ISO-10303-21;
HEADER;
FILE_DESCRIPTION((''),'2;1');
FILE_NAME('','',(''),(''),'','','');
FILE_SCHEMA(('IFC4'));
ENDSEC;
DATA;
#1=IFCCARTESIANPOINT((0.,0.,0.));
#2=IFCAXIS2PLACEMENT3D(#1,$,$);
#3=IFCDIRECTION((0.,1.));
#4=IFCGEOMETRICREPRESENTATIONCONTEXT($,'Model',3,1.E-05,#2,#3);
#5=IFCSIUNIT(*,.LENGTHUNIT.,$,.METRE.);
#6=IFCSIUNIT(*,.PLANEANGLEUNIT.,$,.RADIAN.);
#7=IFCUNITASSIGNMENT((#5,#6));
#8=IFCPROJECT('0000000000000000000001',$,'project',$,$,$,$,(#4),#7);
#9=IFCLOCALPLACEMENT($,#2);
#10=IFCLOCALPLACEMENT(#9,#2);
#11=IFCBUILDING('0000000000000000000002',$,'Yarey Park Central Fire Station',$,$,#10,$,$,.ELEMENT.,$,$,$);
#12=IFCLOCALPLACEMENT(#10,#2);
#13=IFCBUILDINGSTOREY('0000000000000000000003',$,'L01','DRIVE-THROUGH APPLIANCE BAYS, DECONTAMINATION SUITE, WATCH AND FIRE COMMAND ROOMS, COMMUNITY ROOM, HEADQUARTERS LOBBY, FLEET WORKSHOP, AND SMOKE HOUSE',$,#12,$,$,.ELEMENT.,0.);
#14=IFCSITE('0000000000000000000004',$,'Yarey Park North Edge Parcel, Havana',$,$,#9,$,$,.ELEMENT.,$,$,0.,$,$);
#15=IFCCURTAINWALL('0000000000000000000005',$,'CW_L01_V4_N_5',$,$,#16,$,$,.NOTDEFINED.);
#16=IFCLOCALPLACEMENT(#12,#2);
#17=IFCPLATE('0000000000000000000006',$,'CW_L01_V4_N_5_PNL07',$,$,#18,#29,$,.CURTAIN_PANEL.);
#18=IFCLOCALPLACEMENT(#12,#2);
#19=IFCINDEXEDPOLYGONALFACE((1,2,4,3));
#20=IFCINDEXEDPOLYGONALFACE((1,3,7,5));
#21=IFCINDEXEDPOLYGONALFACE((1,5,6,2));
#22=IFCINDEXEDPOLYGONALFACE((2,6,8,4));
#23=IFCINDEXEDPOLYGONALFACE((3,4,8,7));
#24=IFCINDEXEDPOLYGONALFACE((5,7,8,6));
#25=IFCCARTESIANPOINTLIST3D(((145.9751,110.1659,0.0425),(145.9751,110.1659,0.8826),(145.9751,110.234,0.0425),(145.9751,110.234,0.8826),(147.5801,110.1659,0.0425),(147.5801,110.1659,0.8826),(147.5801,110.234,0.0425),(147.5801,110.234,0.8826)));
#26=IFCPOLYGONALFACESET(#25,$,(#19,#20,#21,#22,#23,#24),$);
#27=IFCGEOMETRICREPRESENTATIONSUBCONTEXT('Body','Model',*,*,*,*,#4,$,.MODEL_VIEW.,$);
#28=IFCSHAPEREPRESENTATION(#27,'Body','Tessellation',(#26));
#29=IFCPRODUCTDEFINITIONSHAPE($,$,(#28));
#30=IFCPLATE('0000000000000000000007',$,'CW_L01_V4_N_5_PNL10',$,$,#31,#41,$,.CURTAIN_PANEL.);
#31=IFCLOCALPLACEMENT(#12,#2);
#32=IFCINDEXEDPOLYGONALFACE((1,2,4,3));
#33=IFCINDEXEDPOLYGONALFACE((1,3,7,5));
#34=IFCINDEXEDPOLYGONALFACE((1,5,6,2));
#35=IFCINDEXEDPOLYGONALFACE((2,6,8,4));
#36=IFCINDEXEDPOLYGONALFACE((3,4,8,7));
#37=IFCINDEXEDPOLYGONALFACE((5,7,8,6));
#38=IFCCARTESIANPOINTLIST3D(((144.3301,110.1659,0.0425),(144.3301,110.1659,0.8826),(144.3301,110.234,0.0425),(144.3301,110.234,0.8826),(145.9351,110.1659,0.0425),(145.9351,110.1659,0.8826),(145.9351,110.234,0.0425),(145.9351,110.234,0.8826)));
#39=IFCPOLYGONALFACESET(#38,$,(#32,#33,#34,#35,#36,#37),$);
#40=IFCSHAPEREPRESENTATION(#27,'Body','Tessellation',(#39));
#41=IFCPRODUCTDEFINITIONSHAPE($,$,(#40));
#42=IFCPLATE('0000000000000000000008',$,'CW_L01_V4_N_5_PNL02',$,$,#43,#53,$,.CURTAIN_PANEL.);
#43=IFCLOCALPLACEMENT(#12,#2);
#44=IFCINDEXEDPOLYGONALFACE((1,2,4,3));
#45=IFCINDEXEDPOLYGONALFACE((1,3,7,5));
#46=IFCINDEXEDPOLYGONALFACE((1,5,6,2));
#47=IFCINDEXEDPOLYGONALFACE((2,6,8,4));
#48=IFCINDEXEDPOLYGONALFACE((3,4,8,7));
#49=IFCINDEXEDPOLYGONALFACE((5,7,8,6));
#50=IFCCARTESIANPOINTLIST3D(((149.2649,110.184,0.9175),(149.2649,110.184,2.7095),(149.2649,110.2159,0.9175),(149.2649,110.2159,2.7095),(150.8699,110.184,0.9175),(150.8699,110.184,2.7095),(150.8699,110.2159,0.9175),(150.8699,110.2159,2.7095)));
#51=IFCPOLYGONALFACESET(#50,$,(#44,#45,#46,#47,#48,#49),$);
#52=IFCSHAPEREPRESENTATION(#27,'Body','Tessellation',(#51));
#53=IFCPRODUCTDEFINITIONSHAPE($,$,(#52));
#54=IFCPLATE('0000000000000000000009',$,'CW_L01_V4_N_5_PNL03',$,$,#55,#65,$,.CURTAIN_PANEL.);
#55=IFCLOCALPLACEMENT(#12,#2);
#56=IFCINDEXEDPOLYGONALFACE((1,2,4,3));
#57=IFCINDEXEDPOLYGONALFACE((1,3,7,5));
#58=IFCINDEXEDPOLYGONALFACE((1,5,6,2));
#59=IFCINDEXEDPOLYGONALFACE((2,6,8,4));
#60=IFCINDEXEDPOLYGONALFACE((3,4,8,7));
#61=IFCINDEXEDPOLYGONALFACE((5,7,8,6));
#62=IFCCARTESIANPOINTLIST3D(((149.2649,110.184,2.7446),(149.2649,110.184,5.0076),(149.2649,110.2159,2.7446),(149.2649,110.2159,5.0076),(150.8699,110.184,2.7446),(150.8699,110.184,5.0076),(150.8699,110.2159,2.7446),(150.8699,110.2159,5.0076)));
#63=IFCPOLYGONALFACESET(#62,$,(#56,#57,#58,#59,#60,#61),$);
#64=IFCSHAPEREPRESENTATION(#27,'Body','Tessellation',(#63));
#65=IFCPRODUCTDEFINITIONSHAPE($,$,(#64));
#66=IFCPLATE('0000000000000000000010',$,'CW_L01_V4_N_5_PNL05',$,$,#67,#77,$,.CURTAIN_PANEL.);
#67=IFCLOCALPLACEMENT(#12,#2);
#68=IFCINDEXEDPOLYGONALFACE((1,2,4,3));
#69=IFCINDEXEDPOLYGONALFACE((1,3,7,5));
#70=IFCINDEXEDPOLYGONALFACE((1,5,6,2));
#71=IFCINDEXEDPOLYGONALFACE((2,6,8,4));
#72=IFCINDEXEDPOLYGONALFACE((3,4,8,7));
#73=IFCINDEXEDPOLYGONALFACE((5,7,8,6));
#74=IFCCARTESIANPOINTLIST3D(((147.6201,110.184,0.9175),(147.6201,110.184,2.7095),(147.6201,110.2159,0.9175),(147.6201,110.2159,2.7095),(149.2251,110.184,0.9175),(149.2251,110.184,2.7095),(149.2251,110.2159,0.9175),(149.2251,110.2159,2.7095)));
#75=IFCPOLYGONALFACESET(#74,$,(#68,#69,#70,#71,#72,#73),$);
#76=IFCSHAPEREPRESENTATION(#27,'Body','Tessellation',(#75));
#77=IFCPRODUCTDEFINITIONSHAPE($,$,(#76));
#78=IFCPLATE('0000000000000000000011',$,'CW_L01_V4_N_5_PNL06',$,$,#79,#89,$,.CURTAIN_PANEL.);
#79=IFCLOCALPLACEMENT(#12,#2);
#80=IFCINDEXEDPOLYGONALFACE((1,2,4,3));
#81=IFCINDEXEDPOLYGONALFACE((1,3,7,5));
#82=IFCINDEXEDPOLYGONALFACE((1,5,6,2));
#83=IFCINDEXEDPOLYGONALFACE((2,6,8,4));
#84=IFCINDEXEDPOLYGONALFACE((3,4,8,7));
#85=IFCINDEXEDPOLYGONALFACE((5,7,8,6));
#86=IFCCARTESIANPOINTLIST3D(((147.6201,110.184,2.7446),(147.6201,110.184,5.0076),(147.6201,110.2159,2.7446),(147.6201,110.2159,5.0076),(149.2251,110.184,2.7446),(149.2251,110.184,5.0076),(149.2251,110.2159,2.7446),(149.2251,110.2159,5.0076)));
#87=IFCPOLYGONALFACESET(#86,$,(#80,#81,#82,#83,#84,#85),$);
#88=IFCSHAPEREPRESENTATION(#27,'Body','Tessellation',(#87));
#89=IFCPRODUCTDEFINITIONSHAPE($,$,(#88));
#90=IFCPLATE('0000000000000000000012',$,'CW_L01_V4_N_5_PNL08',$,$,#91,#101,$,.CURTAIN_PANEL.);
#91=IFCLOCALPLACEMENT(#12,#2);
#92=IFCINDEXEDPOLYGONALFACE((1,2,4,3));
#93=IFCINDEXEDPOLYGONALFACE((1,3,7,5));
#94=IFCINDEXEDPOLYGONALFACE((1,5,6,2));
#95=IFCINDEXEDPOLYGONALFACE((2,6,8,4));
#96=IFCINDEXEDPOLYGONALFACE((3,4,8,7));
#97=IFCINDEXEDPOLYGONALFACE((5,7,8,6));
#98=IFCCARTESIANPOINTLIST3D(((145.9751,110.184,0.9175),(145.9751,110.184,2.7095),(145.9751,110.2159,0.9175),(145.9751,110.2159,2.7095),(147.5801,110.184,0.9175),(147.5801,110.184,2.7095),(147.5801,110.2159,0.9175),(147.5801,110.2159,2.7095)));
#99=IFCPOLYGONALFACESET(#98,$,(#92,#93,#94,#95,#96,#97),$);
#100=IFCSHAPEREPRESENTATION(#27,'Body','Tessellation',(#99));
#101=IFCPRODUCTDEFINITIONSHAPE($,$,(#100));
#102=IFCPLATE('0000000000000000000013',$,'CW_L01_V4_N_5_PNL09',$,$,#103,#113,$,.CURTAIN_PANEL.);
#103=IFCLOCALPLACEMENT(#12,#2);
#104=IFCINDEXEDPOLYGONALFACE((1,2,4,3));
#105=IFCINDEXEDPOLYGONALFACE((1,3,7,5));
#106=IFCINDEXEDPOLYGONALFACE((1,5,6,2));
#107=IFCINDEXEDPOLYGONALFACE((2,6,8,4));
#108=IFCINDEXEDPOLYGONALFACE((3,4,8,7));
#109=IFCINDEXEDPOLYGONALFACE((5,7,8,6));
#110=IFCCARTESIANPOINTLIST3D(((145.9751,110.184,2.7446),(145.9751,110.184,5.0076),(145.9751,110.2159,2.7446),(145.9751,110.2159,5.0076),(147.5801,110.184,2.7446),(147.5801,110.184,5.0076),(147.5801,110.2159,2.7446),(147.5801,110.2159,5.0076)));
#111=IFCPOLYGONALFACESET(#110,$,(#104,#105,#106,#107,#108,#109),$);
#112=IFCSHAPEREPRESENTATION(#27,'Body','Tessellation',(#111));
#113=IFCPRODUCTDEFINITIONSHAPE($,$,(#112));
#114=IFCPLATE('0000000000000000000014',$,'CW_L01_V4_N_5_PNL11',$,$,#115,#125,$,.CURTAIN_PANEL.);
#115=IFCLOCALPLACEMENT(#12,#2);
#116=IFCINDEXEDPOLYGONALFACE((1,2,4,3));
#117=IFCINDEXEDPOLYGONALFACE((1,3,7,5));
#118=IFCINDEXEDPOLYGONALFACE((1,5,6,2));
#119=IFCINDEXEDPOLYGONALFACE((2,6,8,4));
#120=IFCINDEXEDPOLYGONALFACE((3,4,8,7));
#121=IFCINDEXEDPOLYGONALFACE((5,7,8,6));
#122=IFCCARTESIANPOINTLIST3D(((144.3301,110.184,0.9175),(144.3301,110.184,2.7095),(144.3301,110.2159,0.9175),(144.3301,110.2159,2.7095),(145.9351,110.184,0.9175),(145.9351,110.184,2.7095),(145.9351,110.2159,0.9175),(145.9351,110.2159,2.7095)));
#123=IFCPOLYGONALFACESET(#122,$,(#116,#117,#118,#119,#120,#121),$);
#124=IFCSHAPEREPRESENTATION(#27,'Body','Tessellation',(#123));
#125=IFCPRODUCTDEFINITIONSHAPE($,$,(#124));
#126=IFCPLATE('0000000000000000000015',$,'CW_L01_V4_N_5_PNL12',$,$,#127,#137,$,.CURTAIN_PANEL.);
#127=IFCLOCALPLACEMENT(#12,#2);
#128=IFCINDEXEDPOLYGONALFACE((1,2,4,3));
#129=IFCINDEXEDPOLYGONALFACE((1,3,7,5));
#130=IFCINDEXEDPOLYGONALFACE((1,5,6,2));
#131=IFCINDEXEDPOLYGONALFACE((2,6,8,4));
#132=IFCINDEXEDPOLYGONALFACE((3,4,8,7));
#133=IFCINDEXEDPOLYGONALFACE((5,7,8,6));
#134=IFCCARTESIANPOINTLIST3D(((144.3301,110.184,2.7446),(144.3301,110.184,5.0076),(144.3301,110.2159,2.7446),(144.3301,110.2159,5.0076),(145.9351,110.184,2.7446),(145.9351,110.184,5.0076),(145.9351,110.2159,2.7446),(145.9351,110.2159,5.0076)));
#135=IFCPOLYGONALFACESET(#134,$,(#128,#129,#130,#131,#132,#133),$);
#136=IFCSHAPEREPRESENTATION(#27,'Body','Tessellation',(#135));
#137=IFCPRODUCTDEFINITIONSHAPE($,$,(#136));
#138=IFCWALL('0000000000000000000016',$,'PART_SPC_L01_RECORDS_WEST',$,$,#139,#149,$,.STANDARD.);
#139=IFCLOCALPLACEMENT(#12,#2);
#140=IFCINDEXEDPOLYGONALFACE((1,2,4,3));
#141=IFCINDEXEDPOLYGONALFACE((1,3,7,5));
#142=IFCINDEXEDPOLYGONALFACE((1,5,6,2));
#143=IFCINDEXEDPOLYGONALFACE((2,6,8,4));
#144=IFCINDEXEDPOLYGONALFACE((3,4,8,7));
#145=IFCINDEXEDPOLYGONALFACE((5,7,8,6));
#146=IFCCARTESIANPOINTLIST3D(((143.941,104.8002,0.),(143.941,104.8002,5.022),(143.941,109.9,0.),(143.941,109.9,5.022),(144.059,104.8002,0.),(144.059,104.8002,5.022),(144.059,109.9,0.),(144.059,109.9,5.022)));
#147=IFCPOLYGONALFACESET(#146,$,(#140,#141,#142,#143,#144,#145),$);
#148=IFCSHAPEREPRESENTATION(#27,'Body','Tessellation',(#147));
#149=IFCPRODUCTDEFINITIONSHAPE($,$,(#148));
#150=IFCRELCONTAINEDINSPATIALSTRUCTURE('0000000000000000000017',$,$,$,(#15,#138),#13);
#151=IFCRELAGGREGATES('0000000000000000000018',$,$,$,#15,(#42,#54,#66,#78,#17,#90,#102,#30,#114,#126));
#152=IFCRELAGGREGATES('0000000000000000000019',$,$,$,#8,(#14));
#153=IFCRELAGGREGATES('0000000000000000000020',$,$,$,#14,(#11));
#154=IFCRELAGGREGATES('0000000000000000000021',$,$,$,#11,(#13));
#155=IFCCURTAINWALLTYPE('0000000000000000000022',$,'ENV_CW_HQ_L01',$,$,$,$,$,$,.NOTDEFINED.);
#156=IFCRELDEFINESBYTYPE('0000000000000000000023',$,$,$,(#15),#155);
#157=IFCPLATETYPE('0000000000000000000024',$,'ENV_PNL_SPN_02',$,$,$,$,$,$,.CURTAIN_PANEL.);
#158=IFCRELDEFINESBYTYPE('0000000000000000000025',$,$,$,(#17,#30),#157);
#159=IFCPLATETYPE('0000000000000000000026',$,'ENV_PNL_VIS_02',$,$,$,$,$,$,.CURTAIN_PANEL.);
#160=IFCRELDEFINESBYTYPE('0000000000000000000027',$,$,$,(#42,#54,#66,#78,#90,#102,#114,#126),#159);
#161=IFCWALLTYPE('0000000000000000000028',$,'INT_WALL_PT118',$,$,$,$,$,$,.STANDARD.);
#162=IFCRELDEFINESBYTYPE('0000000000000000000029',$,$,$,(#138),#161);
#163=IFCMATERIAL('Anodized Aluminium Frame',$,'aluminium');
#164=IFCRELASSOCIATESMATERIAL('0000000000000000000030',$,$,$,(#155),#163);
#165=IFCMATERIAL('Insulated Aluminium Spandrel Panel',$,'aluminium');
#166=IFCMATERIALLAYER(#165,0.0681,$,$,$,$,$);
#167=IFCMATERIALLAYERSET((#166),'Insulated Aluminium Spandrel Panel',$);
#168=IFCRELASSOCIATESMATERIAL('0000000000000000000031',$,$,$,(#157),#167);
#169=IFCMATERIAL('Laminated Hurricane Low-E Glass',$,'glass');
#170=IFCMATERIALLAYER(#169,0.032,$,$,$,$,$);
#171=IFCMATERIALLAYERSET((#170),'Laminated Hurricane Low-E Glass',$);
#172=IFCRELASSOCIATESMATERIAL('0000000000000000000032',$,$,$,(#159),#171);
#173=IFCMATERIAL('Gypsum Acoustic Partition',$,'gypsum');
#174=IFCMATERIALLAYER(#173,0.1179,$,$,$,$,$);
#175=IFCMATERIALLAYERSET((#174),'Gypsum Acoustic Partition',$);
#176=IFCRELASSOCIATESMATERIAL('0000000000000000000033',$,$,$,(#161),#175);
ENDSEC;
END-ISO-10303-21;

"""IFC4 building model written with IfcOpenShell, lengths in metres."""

from ifc_helpers import new_model, si_unit, direction, frame, frame_2d, origin, origin_2d, place, context, subcontext, project, spatial, rectangle, extrude, material, layer, layer_set, type_object, element, aggregate, save


model = new_model("IFC4")

# Units and contexts
model_context = context("Model", 3, precision=1e-05, world=origin(), true_north=direction((0.0, 1.0)))
body_context = subcontext(model_context, "Body", "Model", "MODEL_VIEW")
ifc_project = project(units=[si_unit("LENGTHUNIT", "METRE"), si_unit("PLANEANGLEUNIT", "RADIAN")], contexts=[model_context])

# Site, building, storey
site_placement = place(None, origin())
site = spatial("IfcSite", under=ifc_project, at=site_placement, Name="Yarey Park North Edge Parcel, Havana", CompositionType="ELEMENT", RefElevation=0.0)
building_placement = place(site_placement, origin())
building = spatial("IfcBuilding", under=site, at=building_placement, Name="Yarey Park Central Fire Station", CompositionType="ELEMENT")
storey_placement = place(building_placement, origin())
storey = spatial("IfcBuildingStorey", under=building, at=storey_placement, Name="L01", Description="DRIVE-THROUGH APPLIANCE BAYS, DECONTAMINATION SUITE, WATCH AND FIRE COMMAND ROOMS, COMMUNITY ROOM, HEADQUARTERS LOBBY, FLEET WORKSHOP, AND SMOKE HOUSE", CompositionType="ELEMENT", Elevation=0.0)

# Curtain wall, plates
ifc_material_1 = material(Name="Anodized Aluminium Frame", Category="aluminium")
curtain_wall_type = type_object("IfcCurtainWallType", Name="ENV_CW_HQ_L01", PredefinedType="NOTDEFINED", material=ifc_material_1)
curtain_wall_placement = place(storey_placement, origin())
curtain_wall = element("IfcCurtainWall", 1, at=curtain_wall_placement, inside=storey, type_object=curtain_wall_type, Name="CW_L01_V4_N_5", PredefinedType="NOTDEFINED")
ifc_material_2 = material(Name="Insulated Aluminium Spandrel Panel", Category="aluminium")
ifc_layer_1 = layer(ifc_material_2, 0.0681)
ifc_layer_set_1 = layer_set([ifc_layer_1], Name="Insulated Aluminium Spandrel Panel")
plate_type_1 = type_object("IfcPlateType", Name="ENV_PNL_SPN_02", PredefinedType="CURTAIN_PANEL", material=ifc_layer_set_1)
plate_1_placement = place(storey_placement, frame((146.7776, 110.2, 0.0425), z_axis=(0.0, 0.0, 1.0), x_axis=(-1.0, 0.0, 0.0)))
plate_1 = element("IfcPlate", 2, at=plate_1_placement, type_object=plate_type_1, Name="CW_L01_V4_N_5_PNL07", PredefinedType="CURTAIN_PANEL", context=body_context, shape_type="SweptSolid", body=[
    extrude(rectangle(XDim=1.605, YDim=0.0681, at=origin_2d()), origin(), (0.0, 0.0, 1.0), 0.8401),
])
plate_2_placement = place(storey_placement, frame((145.1326, 110.2, 0.0425), z_axis=(0.0, 0.0, 1.0), x_axis=(-1.0, 0.0, 0.0)))
plate_2 = element("IfcPlate", 3, at=plate_2_placement, type_object=plate_type_1, Name="CW_L01_V4_N_5_PNL10", PredefinedType="CURTAIN_PANEL", context=body_context, shape_type="SweptSolid", body=[
    extrude(rectangle(XDim=1.605, YDim=0.0681, at=origin_2d()), origin(), (0.0, 0.0, 1.0), 0.8401),
])
ifc_material_3 = material(Name="Laminated Hurricane Low-E Glass", Category="glass")
ifc_layer_2 = layer(ifc_material_3, 0.032)
ifc_layer_set_2 = layer_set([ifc_layer_2], Name="Laminated Hurricane Low-E Glass")
plate_type_2 = type_object("IfcPlateType", Name="ENV_PNL_VIS_02", PredefinedType="CURTAIN_PANEL", material=ifc_layer_set_2)
plate_3_placement = place(storey_placement, frame((150.0674, 110.2, 0.9175), z_axis=(0.0, 0.0, 1.0), x_axis=(-1.0, 0.0, 0.0)))
plate_3 = element("IfcPlate", 4, at=plate_3_placement, type_object=plate_type_2, Name="CW_L01_V4_N_5_PNL02", PredefinedType="CURTAIN_PANEL", context=body_context, shape_type="SweptSolid", body=[
    extrude(rectangle(XDim=1.605, YDim=0.032, at=origin_2d()), origin(), (0.0, 0.0, 1.0), 1.792),
])
plate_4_placement = place(storey_placement, frame((150.0674, 110.2, 2.7446), z_axis=(0.0, 0.0, 1.0), x_axis=(-1.0, 0.0, 0.0)))
plate_4 = element("IfcPlate", 5, at=plate_4_placement, type_object=plate_type_2, Name="CW_L01_V4_N_5_PNL03", PredefinedType="CURTAIN_PANEL", context=body_context, shape_type="SweptSolid", body=[
    extrude(rectangle(XDim=1.605, YDim=0.032, at=origin_2d()), origin(), (0.0, 0.0, 1.0), 2.2629),
])
plate_5_placement = place(storey_placement, frame((148.4226, 110.2, 0.9175), z_axis=(0.0, 0.0, 1.0), x_axis=(-1.0, 0.0, 0.0)))
plate_5 = element("IfcPlate", 6, at=plate_5_placement, type_object=plate_type_2, Name="CW_L01_V4_N_5_PNL05", PredefinedType="CURTAIN_PANEL", context=body_context, shape_type="SweptSolid", body=[
    extrude(rectangle(XDim=1.605, YDim=0.032, at=origin_2d()), origin(), (0.0, 0.0, 1.0), 1.792),
])
plate_6_placement = place(storey_placement, frame((148.4226, 110.2, 2.7446), z_axis=(0.0, 0.0, 1.0), x_axis=(-1.0, 0.0, 0.0)))
plate_6 = element("IfcPlate", 7, at=plate_6_placement, type_object=plate_type_2, Name="CW_L01_V4_N_5_PNL06", PredefinedType="CURTAIN_PANEL", context=body_context, shape_type="SweptSolid", body=[
    extrude(rectangle(XDim=1.605, YDim=0.032, at=origin_2d()), origin(), (0.0, 0.0, 1.0), 2.2629),
])
plate_7_placement = place(storey_placement, frame((146.7776, 110.2, 0.9175), z_axis=(0.0, 0.0, 1.0), x_axis=(-1.0, 0.0, 0.0)))
plate_7 = element("IfcPlate", 8, at=plate_7_placement, type_object=plate_type_2, Name="CW_L01_V4_N_5_PNL08", PredefinedType="CURTAIN_PANEL", context=body_context, shape_type="SweptSolid", body=[
    extrude(rectangle(XDim=1.605, YDim=0.032, at=origin_2d()), origin(), (0.0, 0.0, 1.0), 1.792),
])
plate_8_placement = place(storey_placement, frame((146.7776, 110.2, 2.7446), z_axis=(0.0, 0.0, 1.0), x_axis=(-1.0, 0.0, 0.0)))
plate_8 = element("IfcPlate", 9, at=plate_8_placement, type_object=plate_type_2, Name="CW_L01_V4_N_5_PNL09", PredefinedType="CURTAIN_PANEL", context=body_context, shape_type="SweptSolid", body=[
    extrude(rectangle(XDim=1.605, YDim=0.032, at=origin_2d()), origin(), (0.0, 0.0, 1.0), 2.2629),
])
plate_9_placement = place(storey_placement, frame((145.1326, 110.2, 0.9175), z_axis=(0.0, 0.0, 1.0), x_axis=(-1.0, 0.0, 0.0)))
plate_9 = element("IfcPlate", 10, at=plate_9_placement, type_object=plate_type_2, Name="CW_L01_V4_N_5_PNL11", PredefinedType="CURTAIN_PANEL", context=body_context, shape_type="SweptSolid", body=[
    extrude(rectangle(XDim=1.605, YDim=0.032, at=origin_2d()), origin(), (0.0, 0.0, 1.0), 1.792),
])
plate_10_placement = place(storey_placement, frame((145.1326, 110.2, 2.7446), z_axis=(0.0, 0.0, 1.0), x_axis=(-1.0, 0.0, 0.0)))
plate_10 = element("IfcPlate", 11, at=plate_10_placement, type_object=plate_type_2, Name="CW_L01_V4_N_5_PNL12", PredefinedType="CURTAIN_PANEL", context=body_context, shape_type="SweptSolid", body=[
    extrude(rectangle(XDim=1.605, YDim=0.032, at=origin_2d()), origin(), (0.0, 0.0, 1.0), 2.2629),
])
aggregate(curtain_wall, [plate_3, plate_4, plate_5, plate_6, plate_1, plate_7, plate_8, plate_2, plate_9, plate_10])

# Wall
ifc_material_4 = material(Name="Gypsum Acoustic Partition", Category="gypsum")
ifc_layer_3 = layer(ifc_material_4, 0.1179)
ifc_layer_set_3 = layer_set([ifc_layer_3], Name="Gypsum Acoustic Partition")
wall_type = type_object("IfcWallType", Name="INT_WALL_PT118", PredefinedType="STANDARD", material=ifc_layer_set_3)
wall_placement = place(storey_placement, frame((144.0, 109.8999, 0.0), z_axis=(0.0, 0.0, 1.0), x_axis=(0.0, -1.0, 0.0)))
element("IfcWall", 12, at=wall_placement, inside=storey, type_object=wall_type, Name="PART_SPC_L01_RECORDS_WEST", PredefinedType="STANDARD", context=body_context, shape_type="SweptSolid", body=[
    extrude(rectangle(XDim=5.0999, YDim=0.1179, at=frame_2d((2.5498, 0.0))), origin(), (0.0, 0.0, 1.0), 5.022),
])

save(model, "model.ifc")
